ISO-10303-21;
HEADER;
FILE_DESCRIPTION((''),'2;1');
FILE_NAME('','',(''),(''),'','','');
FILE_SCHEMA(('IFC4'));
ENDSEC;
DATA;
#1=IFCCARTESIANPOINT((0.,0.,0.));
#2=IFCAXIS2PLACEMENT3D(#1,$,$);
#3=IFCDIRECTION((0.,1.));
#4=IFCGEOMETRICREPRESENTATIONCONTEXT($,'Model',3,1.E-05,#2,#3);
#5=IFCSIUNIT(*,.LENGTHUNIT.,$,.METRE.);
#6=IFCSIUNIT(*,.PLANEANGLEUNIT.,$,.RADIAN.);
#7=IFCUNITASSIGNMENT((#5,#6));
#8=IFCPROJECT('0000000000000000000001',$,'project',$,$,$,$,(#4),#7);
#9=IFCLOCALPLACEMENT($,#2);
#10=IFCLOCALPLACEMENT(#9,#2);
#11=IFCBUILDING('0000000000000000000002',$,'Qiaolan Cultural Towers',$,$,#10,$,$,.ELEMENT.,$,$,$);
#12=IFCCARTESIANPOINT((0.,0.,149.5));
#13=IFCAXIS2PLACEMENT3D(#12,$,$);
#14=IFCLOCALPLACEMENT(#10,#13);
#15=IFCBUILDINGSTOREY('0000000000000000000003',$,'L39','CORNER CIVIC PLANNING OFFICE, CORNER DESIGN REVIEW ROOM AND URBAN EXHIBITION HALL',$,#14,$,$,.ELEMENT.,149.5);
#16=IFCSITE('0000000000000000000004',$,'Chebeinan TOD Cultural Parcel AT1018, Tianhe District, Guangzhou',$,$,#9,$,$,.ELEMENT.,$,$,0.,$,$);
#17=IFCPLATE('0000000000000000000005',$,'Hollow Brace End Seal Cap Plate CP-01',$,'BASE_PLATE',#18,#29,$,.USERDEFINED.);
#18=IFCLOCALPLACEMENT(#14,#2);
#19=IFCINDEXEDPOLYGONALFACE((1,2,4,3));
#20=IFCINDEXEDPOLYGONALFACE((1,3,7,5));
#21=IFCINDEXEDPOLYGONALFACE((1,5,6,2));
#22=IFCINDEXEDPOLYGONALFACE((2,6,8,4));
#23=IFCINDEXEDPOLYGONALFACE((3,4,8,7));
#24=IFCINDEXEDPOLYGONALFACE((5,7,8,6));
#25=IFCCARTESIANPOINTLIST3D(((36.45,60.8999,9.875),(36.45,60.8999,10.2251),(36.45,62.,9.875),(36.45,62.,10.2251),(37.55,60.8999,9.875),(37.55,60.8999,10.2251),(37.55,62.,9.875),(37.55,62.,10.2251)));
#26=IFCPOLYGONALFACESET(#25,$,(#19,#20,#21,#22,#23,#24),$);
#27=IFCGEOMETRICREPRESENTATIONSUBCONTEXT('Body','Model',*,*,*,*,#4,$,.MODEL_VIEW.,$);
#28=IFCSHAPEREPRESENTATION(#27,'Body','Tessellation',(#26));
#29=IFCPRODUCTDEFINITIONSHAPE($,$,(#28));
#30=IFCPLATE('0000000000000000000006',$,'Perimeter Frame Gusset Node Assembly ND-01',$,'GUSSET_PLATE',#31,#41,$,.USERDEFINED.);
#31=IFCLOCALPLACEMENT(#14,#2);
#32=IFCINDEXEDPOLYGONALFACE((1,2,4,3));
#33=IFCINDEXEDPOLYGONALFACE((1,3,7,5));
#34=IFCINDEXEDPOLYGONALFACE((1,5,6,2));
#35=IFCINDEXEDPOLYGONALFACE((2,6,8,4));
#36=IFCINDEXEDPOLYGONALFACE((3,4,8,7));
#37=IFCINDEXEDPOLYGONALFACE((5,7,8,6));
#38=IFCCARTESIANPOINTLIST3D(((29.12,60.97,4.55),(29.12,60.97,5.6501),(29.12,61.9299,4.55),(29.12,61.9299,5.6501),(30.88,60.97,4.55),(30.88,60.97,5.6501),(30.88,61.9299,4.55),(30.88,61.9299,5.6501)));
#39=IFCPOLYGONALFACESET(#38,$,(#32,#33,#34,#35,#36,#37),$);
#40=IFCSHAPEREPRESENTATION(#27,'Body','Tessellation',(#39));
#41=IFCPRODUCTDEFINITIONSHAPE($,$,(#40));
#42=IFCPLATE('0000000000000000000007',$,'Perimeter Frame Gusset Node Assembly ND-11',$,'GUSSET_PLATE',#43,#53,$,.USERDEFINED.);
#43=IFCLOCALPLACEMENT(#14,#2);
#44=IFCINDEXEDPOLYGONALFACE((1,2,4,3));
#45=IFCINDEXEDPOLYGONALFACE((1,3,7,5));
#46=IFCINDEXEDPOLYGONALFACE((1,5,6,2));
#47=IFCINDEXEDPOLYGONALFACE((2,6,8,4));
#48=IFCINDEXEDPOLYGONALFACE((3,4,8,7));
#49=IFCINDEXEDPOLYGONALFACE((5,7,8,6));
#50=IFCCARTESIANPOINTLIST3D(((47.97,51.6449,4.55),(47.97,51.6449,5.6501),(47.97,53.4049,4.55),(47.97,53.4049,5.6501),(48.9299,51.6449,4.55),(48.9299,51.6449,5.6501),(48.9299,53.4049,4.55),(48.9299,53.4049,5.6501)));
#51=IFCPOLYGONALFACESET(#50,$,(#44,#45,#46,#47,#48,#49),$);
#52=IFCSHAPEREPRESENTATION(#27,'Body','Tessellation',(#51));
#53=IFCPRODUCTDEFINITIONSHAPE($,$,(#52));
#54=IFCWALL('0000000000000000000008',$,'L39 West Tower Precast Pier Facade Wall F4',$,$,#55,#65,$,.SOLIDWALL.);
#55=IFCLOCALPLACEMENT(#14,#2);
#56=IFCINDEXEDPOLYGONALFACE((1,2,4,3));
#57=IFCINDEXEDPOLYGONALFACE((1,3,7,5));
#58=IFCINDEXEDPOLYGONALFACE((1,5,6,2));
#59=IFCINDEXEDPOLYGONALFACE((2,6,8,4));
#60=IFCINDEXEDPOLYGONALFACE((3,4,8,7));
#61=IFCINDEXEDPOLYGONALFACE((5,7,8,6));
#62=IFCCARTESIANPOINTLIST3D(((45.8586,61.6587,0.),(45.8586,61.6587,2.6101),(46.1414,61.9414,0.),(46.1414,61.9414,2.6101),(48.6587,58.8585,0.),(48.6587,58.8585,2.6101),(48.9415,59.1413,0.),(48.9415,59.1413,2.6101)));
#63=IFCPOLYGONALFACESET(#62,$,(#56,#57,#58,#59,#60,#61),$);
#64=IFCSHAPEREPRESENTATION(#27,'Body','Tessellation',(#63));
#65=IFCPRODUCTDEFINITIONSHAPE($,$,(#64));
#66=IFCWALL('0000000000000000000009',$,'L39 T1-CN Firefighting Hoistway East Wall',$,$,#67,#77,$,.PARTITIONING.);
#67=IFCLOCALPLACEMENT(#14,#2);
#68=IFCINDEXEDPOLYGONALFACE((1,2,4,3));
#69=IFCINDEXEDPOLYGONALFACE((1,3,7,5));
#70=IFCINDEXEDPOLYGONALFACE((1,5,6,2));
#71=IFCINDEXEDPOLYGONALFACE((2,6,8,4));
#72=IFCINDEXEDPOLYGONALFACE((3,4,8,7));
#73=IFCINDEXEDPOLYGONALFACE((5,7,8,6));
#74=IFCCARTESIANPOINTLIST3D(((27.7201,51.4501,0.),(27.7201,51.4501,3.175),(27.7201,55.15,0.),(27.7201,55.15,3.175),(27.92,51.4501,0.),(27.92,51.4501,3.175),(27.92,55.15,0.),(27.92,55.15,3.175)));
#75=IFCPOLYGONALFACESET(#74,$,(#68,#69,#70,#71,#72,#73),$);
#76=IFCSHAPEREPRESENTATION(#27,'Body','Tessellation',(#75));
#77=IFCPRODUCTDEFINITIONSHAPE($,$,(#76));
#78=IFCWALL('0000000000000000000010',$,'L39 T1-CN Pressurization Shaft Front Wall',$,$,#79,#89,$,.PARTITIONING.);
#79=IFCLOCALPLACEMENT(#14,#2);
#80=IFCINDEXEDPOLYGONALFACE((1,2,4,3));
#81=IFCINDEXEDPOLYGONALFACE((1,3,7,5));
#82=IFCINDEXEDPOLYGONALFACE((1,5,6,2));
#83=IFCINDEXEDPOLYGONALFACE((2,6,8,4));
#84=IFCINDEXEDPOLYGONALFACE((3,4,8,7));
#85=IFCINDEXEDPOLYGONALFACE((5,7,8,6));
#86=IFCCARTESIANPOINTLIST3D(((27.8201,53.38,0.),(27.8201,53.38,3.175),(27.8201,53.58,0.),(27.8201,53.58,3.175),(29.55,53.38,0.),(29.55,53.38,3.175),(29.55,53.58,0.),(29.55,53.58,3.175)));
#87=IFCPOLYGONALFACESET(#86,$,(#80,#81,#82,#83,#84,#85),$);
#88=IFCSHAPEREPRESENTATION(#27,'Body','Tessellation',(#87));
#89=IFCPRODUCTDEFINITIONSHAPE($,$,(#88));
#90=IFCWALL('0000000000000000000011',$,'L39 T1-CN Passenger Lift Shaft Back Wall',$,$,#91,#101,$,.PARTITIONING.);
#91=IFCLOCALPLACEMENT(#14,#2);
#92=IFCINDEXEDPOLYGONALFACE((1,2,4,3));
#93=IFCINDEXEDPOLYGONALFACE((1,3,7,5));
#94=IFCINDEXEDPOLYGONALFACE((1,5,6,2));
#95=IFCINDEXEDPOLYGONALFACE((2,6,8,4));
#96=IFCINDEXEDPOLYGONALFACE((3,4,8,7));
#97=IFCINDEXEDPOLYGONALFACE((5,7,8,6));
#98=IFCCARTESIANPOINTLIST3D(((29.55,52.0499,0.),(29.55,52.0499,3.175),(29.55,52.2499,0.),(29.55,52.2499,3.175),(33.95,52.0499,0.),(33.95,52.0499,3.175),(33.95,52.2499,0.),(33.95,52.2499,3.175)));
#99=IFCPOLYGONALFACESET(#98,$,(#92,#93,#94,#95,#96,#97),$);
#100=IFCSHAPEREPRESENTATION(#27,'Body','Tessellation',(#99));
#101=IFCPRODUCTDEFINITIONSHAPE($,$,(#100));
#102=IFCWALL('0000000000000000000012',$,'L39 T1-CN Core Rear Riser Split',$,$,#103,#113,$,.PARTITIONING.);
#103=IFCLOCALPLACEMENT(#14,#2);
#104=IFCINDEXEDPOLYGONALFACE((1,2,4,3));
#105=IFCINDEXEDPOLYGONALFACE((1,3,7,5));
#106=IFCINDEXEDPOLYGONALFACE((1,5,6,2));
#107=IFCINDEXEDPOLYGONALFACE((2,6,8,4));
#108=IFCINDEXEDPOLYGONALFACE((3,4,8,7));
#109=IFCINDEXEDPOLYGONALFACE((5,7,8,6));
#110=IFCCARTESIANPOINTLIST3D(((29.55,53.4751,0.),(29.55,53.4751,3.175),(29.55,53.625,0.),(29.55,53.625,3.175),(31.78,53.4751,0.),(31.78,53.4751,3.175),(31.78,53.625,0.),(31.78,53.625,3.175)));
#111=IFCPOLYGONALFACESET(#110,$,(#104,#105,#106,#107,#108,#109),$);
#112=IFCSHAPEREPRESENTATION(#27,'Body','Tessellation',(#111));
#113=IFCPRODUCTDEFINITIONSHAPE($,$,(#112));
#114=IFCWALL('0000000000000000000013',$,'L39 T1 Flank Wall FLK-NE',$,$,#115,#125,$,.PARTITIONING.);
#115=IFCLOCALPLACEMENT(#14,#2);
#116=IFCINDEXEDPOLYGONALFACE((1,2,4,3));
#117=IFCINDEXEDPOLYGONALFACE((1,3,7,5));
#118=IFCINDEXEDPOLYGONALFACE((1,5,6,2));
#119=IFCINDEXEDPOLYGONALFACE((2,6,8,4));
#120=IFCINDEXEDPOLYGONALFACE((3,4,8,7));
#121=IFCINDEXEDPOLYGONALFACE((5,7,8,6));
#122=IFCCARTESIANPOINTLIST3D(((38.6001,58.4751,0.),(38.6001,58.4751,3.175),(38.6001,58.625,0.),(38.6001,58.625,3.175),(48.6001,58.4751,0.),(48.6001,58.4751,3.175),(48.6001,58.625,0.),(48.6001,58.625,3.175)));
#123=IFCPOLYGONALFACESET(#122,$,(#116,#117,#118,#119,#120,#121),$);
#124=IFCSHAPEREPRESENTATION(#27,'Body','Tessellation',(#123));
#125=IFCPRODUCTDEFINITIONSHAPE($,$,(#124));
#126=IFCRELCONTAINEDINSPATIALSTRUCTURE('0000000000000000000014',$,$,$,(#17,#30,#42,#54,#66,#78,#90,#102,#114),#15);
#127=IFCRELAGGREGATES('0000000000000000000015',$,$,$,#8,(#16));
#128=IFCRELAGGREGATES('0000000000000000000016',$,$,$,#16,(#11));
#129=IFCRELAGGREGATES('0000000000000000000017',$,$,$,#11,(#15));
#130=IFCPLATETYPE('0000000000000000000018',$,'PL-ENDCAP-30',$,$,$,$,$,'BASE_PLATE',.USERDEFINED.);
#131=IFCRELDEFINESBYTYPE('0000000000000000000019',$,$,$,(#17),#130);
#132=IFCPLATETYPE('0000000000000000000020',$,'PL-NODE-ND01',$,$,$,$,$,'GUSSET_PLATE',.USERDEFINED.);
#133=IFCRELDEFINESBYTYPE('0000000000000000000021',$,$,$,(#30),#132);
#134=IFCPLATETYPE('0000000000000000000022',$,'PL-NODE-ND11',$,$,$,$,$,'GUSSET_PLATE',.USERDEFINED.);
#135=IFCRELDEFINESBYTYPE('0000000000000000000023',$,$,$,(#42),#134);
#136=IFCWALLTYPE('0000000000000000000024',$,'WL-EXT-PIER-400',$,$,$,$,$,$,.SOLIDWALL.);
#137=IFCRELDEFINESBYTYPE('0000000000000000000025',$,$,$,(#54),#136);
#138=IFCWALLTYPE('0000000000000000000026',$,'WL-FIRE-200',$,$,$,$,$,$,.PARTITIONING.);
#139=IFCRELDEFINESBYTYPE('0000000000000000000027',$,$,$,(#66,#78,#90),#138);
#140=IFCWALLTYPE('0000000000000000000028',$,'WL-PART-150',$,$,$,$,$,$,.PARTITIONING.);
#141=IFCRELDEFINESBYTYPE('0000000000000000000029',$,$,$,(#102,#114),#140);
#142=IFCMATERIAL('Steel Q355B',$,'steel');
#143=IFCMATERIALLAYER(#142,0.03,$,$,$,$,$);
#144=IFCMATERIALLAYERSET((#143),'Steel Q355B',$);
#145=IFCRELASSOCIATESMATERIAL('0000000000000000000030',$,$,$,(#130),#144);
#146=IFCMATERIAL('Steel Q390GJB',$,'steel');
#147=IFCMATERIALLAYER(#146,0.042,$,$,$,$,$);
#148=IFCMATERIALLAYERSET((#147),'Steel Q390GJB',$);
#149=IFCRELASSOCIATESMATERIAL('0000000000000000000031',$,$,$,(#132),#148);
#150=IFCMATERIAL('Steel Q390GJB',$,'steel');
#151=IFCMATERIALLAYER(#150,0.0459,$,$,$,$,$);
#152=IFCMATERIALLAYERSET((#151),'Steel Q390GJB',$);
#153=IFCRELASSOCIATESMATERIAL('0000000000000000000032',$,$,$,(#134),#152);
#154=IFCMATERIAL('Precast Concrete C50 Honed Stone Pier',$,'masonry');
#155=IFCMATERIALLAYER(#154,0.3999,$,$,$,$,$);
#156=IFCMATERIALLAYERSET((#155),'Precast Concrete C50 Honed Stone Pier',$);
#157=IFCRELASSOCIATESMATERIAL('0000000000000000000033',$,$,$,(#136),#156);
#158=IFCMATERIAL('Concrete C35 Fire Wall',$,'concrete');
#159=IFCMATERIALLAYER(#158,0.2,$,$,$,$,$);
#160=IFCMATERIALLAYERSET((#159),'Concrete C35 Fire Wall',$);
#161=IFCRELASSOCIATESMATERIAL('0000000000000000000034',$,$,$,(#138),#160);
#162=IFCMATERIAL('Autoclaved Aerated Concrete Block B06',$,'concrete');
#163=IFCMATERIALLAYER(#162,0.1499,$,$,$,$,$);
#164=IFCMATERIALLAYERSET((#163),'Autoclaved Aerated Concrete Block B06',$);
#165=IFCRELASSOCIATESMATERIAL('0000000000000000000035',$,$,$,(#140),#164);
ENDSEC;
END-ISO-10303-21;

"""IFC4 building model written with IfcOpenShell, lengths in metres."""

from ifc_helpers import new_model, si_unit, direction, frame, frame_2d, origin, origin_2d, place, context, subcontext, project, spatial, rectangle, extrude, material, layer, layer_set, type_object, element, save


model = new_model("IFC4")

# Units and contexts
model_context = context("Model", 3, precision=1e-05, world=origin(), true_north=direction((0.0, 1.0)))
body_context = subcontext(model_context, "Body", "Model", "MODEL_VIEW")
ifc_project = project(units=[si_unit("LENGTHUNIT", "METRE"), si_unit("PLANEANGLEUNIT", "RADIAN")], contexts=[model_context])

# Site, building, storey
site_placement = place(None, origin())
site = spatial("IfcSite", under=ifc_project, at=site_placement, Name="Chebeinan TOD Cultural Parcel AT1018, Tianhe District, Guangzhou", CompositionType="ELEMENT", RefElevation=0.0)
building_placement = place(site_placement, origin())
building = spatial("IfcBuilding", under=site, at=building_placement, Name="Qiaolan Cultural Towers", CompositionType="ELEMENT")
storey_placement = place(building_placement, frame((0.0, 0.0, 149.5)))
storey = spatial("IfcBuildingStorey", under=building, at=storey_placement, Name="L39", Description="CORNER CIVIC PLANNING OFFICE, CORNER DESIGN REVIEW ROOM AND URBAN EXHIBITION HALL", CompositionType="ELEMENT", Elevation=149.5)

# Plates
ifc_material_1 = material(Name="Steel Q355B", Category="steel")
ifc_layer_1 = layer(ifc_material_1, 0.03)
ifc_layer_set_1 = layer_set([ifc_layer_1], Name="Steel Q355B")
plate_type_1 = type_object("IfcPlateType", Name="PL-ENDCAP-30", ElementType="BASE_PLATE", PredefinedType="USERDEFINED", material=ifc_layer_set_1)
for number, where, z_axis, x_axis, name in (
    (1, (37.0, 61.45, 9.875), (0.0, 0.0, 1.0), (1.0, 0.0, 0.0), "Hollow Brace End Seal Cap Plate CP-01"),
):
    element("IfcPlate", number, at=place(storey_placement, frame(where, z_axis=z_axis, x_axis=x_axis)), inside=storey, type_object=plate_type_1, Name=name, ObjectType="BASE_PLATE", PredefinedType="USERDEFINED", context=body_context, shape_type="SweptSolid", body=[
        extrude(rectangle(XDim=1.1001, YDim=1.1001, at=origin_2d()), origin(), (0.0, 0.0, 1.0), 0.3501),
    ])
ifc_material_2 = material(Name="Steel Q390GJB", Category="steel")
ifc_layer_2 = layer(ifc_material_2, 0.042)
ifc_layer_set_2 = layer_set([ifc_layer_2], Name="Steel Q390GJB")
plate_type_2 = type_object("IfcPlateType", Name="PL-NODE-ND01", ElementType="GUSSET_PLATE", PredefinedType="USERDEFINED", material=ifc_layer_set_2)
plate_1_placement = place(storey_placement, frame((30.0, 61.45, 4.55), z_axis=(0.0, 0.0, 1.0), x_axis=(1.0, 0.0, 0.0)))
element("IfcPlate", 2, at=plate_1_placement, inside=storey, type_object=plate_type_2, Name="Perimeter Frame Gusset Node Assembly ND-01", ObjectType="GUSSET_PLATE", PredefinedType="USERDEFINED", context=body_context, shape_type="SweptSolid", body=[
    extrude(rectangle(XDim=1.76, YDim=0.96, at=origin_2d()), origin(), (0.0, 0.0, 1.0), 1.1001),
])
ifc_material_3 = material(Name="Steel Q390GJB", Category="steel")
ifc_layer_3 = layer(ifc_material_3, 0.0459)
ifc_layer_set_3 = layer_set([ifc_layer_3], Name="Steel Q390GJB")
plate_type_3 = type_object("IfcPlateType", Name="PL-NODE-ND11", ElementType="GUSSET_PLATE", PredefinedType="USERDEFINED", material=ifc_layer_set_3)
plate_2_placement = place(storey_placement, frame((48.45, 52.5249, 4.55), z_axis=(0.0, 0.0, 1.0), x_axis=(0.0, 1.0, 0.0)))
element("IfcPlate", 3, at=plate_2_placement, inside=storey, type_object=plate_type_3, Name="Perimeter Frame Gusset Node Assembly ND-11", ObjectType="GUSSET_PLATE", PredefinedType="USERDEFINED", context=body_context, shape_type="SweptSolid", body=[
    extrude(rectangle(XDim=1.76, YDim=0.96, at=origin_2d()), origin(), (0.0, 0.0, 1.0), 1.1001),
])

# Walls
ifc_material_4 = material(Name="Precast Concrete C50 Honed Stone Pier", Category="masonry")
ifc_layer_4 = layer(ifc_material_4, 0.3999)
ifc_layer_set_4 = layer_set([ifc_layer_4], Name="Precast Concrete C50 Honed Stone Pier")
wall_type_1 = type_object("IfcWallType", Name="WL-EXT-PIER-400", PredefinedType="SOLIDWALL", material=ifc_layer_set_4)
wall_1_placement = place(storey_placement, frame((46.0, 61.8, 0.0), z_axis=(0.0, 0.0, 1.0), x_axis=(0.707107, -0.707107, 0.0)))
element("IfcWall", 4, at=wall_1_placement, inside=storey, type_object=wall_type_1, Name="L39 West Tower Precast Pier Facade Wall F4", PredefinedType="SOLIDWALL", context=body_context, shape_type="SweptSolid", body=[
    extrude(rectangle(XDim=3.96, YDim=0.3999, at=frame_2d((1.98, 0.0))), origin(), (0.0, 0.0, 1.0), 2.6101),
])
ifc_material_5 = material(Name="Concrete C35 Fire Wall", Category="concrete")
ifc_layer_5 = layer(ifc_material_5, 0.2)
ifc_layer_set_5 = layer_set([ifc_layer_5], Name="Concrete C35 Fire Wall")
wall_type_2 = type_object("IfcWallType", Name="WL-FIRE-200", PredefinedType="PARTITIONING", material=ifc_layer_set_5)
wall_2_placement = place(storey_placement, frame((27.8201, 51.45, 0.0), z_axis=(0.0, 0.0, 1.0), x_axis=(0.0, 1.0, 0.0)))
element("IfcWall", 5, at=wall_2_placement, inside=storey, type_object=wall_type_2, Name="L39 T1-CN Firefighting Hoistway East Wall", PredefinedType="PARTITIONING", context=body_context, shape_type="SweptSolid", body=[
    extrude(rectangle(XDim=3.7, YDim=0.2, at=frame_2d((1.8501, 0.0))), origin(), (0.0, 0.0, 1.0), 3.175),
])
wall_3_placement = place(storey_placement, frame((27.8201, 53.48, 0.0), z_axis=(0.0, 0.0, 1.0), x_axis=(1.0, 0.0, 0.0)))
element("IfcWall", 6, at=wall_3_placement, inside=storey, type_object=wall_type_2, Name="L39 T1-CN Pressurization Shaft Front Wall", PredefinedType="PARTITIONING", context=body_context, shape_type="SweptSolid", body=[
    extrude(rectangle(XDim=1.73, YDim=0.2, at=frame_2d((0.865, 0.0))), origin(), (0.0, 0.0, 1.0), 3.175),
])
wall_4_placement = place(storey_placement, frame((29.55, 52.1499, 0.0), z_axis=(0.0, 0.0, 1.0), x_axis=(1.0, 0.0, 0.0)))
element("IfcWall", 7, at=wall_4_placement, inside=storey, type_object=wall_type_2, Name="L39 T1-CN Passenger Lift Shaft Back Wall", PredefinedType="PARTITIONING", context=body_context, shape_type="SweptSolid", body=[
    extrude(rectangle(XDim=4.3999, YDim=0.2, at=frame_2d((2.2, 0.0))), origin(), (0.0, 0.0, 1.0), 3.175),
])
ifc_material_6 = material(Name="Autoclaved Aerated Concrete Block B06", Category="concrete")
ifc_layer_6 = layer(ifc_material_6, 0.1499)
ifc_layer_set_6 = layer_set([ifc_layer_6], Name="Autoclaved Aerated Concrete Block B06")
wall_type_3 = type_object("IfcWallType", Name="WL-PART-150", PredefinedType="PARTITIONING", material=ifc_layer_set_6)
wall_5_placement = place(storey_placement, frame((29.55, 53.55, 0.0), z_axis=(0.0, 0.0, 1.0), x_axis=(1.0, 0.0, 0.0)))
element("IfcWall", 8, at=wall_5_placement, inside=storey, type_object=wall_type_3, Name="L39 T1-CN Core Rear Riser Split", PredefinedType="PARTITIONING", context=body_context, shape_type="SweptSolid", body=[
    extrude(rectangle(XDim=2.23, YDim=0.1499, at=frame_2d((1.115, 0.0))), origin(), (0.0, 0.0, 1.0), 3.175),
])
wall_6_placement = place(storey_placement, frame((38.6001, 58.55, 0.0), z_axis=(0.0, 0.0, 1.0), x_axis=(1.0, 0.0, 0.0)))
element("IfcWall", 9, at=wall_6_placement, inside=storey, type_object=wall_type_3, Name="L39 T1 Flank Wall FLK-NE", PredefinedType="PARTITIONING", context=body_context, shape_type="SweptSolid", body=[
    extrude(rectangle(XDim=10.0, YDim=0.1499, at=frame_2d((5.0, 0.0))), origin(), (0.0, 0.0, 1.0), 3.175),
])

save(model, "model.ifc")
